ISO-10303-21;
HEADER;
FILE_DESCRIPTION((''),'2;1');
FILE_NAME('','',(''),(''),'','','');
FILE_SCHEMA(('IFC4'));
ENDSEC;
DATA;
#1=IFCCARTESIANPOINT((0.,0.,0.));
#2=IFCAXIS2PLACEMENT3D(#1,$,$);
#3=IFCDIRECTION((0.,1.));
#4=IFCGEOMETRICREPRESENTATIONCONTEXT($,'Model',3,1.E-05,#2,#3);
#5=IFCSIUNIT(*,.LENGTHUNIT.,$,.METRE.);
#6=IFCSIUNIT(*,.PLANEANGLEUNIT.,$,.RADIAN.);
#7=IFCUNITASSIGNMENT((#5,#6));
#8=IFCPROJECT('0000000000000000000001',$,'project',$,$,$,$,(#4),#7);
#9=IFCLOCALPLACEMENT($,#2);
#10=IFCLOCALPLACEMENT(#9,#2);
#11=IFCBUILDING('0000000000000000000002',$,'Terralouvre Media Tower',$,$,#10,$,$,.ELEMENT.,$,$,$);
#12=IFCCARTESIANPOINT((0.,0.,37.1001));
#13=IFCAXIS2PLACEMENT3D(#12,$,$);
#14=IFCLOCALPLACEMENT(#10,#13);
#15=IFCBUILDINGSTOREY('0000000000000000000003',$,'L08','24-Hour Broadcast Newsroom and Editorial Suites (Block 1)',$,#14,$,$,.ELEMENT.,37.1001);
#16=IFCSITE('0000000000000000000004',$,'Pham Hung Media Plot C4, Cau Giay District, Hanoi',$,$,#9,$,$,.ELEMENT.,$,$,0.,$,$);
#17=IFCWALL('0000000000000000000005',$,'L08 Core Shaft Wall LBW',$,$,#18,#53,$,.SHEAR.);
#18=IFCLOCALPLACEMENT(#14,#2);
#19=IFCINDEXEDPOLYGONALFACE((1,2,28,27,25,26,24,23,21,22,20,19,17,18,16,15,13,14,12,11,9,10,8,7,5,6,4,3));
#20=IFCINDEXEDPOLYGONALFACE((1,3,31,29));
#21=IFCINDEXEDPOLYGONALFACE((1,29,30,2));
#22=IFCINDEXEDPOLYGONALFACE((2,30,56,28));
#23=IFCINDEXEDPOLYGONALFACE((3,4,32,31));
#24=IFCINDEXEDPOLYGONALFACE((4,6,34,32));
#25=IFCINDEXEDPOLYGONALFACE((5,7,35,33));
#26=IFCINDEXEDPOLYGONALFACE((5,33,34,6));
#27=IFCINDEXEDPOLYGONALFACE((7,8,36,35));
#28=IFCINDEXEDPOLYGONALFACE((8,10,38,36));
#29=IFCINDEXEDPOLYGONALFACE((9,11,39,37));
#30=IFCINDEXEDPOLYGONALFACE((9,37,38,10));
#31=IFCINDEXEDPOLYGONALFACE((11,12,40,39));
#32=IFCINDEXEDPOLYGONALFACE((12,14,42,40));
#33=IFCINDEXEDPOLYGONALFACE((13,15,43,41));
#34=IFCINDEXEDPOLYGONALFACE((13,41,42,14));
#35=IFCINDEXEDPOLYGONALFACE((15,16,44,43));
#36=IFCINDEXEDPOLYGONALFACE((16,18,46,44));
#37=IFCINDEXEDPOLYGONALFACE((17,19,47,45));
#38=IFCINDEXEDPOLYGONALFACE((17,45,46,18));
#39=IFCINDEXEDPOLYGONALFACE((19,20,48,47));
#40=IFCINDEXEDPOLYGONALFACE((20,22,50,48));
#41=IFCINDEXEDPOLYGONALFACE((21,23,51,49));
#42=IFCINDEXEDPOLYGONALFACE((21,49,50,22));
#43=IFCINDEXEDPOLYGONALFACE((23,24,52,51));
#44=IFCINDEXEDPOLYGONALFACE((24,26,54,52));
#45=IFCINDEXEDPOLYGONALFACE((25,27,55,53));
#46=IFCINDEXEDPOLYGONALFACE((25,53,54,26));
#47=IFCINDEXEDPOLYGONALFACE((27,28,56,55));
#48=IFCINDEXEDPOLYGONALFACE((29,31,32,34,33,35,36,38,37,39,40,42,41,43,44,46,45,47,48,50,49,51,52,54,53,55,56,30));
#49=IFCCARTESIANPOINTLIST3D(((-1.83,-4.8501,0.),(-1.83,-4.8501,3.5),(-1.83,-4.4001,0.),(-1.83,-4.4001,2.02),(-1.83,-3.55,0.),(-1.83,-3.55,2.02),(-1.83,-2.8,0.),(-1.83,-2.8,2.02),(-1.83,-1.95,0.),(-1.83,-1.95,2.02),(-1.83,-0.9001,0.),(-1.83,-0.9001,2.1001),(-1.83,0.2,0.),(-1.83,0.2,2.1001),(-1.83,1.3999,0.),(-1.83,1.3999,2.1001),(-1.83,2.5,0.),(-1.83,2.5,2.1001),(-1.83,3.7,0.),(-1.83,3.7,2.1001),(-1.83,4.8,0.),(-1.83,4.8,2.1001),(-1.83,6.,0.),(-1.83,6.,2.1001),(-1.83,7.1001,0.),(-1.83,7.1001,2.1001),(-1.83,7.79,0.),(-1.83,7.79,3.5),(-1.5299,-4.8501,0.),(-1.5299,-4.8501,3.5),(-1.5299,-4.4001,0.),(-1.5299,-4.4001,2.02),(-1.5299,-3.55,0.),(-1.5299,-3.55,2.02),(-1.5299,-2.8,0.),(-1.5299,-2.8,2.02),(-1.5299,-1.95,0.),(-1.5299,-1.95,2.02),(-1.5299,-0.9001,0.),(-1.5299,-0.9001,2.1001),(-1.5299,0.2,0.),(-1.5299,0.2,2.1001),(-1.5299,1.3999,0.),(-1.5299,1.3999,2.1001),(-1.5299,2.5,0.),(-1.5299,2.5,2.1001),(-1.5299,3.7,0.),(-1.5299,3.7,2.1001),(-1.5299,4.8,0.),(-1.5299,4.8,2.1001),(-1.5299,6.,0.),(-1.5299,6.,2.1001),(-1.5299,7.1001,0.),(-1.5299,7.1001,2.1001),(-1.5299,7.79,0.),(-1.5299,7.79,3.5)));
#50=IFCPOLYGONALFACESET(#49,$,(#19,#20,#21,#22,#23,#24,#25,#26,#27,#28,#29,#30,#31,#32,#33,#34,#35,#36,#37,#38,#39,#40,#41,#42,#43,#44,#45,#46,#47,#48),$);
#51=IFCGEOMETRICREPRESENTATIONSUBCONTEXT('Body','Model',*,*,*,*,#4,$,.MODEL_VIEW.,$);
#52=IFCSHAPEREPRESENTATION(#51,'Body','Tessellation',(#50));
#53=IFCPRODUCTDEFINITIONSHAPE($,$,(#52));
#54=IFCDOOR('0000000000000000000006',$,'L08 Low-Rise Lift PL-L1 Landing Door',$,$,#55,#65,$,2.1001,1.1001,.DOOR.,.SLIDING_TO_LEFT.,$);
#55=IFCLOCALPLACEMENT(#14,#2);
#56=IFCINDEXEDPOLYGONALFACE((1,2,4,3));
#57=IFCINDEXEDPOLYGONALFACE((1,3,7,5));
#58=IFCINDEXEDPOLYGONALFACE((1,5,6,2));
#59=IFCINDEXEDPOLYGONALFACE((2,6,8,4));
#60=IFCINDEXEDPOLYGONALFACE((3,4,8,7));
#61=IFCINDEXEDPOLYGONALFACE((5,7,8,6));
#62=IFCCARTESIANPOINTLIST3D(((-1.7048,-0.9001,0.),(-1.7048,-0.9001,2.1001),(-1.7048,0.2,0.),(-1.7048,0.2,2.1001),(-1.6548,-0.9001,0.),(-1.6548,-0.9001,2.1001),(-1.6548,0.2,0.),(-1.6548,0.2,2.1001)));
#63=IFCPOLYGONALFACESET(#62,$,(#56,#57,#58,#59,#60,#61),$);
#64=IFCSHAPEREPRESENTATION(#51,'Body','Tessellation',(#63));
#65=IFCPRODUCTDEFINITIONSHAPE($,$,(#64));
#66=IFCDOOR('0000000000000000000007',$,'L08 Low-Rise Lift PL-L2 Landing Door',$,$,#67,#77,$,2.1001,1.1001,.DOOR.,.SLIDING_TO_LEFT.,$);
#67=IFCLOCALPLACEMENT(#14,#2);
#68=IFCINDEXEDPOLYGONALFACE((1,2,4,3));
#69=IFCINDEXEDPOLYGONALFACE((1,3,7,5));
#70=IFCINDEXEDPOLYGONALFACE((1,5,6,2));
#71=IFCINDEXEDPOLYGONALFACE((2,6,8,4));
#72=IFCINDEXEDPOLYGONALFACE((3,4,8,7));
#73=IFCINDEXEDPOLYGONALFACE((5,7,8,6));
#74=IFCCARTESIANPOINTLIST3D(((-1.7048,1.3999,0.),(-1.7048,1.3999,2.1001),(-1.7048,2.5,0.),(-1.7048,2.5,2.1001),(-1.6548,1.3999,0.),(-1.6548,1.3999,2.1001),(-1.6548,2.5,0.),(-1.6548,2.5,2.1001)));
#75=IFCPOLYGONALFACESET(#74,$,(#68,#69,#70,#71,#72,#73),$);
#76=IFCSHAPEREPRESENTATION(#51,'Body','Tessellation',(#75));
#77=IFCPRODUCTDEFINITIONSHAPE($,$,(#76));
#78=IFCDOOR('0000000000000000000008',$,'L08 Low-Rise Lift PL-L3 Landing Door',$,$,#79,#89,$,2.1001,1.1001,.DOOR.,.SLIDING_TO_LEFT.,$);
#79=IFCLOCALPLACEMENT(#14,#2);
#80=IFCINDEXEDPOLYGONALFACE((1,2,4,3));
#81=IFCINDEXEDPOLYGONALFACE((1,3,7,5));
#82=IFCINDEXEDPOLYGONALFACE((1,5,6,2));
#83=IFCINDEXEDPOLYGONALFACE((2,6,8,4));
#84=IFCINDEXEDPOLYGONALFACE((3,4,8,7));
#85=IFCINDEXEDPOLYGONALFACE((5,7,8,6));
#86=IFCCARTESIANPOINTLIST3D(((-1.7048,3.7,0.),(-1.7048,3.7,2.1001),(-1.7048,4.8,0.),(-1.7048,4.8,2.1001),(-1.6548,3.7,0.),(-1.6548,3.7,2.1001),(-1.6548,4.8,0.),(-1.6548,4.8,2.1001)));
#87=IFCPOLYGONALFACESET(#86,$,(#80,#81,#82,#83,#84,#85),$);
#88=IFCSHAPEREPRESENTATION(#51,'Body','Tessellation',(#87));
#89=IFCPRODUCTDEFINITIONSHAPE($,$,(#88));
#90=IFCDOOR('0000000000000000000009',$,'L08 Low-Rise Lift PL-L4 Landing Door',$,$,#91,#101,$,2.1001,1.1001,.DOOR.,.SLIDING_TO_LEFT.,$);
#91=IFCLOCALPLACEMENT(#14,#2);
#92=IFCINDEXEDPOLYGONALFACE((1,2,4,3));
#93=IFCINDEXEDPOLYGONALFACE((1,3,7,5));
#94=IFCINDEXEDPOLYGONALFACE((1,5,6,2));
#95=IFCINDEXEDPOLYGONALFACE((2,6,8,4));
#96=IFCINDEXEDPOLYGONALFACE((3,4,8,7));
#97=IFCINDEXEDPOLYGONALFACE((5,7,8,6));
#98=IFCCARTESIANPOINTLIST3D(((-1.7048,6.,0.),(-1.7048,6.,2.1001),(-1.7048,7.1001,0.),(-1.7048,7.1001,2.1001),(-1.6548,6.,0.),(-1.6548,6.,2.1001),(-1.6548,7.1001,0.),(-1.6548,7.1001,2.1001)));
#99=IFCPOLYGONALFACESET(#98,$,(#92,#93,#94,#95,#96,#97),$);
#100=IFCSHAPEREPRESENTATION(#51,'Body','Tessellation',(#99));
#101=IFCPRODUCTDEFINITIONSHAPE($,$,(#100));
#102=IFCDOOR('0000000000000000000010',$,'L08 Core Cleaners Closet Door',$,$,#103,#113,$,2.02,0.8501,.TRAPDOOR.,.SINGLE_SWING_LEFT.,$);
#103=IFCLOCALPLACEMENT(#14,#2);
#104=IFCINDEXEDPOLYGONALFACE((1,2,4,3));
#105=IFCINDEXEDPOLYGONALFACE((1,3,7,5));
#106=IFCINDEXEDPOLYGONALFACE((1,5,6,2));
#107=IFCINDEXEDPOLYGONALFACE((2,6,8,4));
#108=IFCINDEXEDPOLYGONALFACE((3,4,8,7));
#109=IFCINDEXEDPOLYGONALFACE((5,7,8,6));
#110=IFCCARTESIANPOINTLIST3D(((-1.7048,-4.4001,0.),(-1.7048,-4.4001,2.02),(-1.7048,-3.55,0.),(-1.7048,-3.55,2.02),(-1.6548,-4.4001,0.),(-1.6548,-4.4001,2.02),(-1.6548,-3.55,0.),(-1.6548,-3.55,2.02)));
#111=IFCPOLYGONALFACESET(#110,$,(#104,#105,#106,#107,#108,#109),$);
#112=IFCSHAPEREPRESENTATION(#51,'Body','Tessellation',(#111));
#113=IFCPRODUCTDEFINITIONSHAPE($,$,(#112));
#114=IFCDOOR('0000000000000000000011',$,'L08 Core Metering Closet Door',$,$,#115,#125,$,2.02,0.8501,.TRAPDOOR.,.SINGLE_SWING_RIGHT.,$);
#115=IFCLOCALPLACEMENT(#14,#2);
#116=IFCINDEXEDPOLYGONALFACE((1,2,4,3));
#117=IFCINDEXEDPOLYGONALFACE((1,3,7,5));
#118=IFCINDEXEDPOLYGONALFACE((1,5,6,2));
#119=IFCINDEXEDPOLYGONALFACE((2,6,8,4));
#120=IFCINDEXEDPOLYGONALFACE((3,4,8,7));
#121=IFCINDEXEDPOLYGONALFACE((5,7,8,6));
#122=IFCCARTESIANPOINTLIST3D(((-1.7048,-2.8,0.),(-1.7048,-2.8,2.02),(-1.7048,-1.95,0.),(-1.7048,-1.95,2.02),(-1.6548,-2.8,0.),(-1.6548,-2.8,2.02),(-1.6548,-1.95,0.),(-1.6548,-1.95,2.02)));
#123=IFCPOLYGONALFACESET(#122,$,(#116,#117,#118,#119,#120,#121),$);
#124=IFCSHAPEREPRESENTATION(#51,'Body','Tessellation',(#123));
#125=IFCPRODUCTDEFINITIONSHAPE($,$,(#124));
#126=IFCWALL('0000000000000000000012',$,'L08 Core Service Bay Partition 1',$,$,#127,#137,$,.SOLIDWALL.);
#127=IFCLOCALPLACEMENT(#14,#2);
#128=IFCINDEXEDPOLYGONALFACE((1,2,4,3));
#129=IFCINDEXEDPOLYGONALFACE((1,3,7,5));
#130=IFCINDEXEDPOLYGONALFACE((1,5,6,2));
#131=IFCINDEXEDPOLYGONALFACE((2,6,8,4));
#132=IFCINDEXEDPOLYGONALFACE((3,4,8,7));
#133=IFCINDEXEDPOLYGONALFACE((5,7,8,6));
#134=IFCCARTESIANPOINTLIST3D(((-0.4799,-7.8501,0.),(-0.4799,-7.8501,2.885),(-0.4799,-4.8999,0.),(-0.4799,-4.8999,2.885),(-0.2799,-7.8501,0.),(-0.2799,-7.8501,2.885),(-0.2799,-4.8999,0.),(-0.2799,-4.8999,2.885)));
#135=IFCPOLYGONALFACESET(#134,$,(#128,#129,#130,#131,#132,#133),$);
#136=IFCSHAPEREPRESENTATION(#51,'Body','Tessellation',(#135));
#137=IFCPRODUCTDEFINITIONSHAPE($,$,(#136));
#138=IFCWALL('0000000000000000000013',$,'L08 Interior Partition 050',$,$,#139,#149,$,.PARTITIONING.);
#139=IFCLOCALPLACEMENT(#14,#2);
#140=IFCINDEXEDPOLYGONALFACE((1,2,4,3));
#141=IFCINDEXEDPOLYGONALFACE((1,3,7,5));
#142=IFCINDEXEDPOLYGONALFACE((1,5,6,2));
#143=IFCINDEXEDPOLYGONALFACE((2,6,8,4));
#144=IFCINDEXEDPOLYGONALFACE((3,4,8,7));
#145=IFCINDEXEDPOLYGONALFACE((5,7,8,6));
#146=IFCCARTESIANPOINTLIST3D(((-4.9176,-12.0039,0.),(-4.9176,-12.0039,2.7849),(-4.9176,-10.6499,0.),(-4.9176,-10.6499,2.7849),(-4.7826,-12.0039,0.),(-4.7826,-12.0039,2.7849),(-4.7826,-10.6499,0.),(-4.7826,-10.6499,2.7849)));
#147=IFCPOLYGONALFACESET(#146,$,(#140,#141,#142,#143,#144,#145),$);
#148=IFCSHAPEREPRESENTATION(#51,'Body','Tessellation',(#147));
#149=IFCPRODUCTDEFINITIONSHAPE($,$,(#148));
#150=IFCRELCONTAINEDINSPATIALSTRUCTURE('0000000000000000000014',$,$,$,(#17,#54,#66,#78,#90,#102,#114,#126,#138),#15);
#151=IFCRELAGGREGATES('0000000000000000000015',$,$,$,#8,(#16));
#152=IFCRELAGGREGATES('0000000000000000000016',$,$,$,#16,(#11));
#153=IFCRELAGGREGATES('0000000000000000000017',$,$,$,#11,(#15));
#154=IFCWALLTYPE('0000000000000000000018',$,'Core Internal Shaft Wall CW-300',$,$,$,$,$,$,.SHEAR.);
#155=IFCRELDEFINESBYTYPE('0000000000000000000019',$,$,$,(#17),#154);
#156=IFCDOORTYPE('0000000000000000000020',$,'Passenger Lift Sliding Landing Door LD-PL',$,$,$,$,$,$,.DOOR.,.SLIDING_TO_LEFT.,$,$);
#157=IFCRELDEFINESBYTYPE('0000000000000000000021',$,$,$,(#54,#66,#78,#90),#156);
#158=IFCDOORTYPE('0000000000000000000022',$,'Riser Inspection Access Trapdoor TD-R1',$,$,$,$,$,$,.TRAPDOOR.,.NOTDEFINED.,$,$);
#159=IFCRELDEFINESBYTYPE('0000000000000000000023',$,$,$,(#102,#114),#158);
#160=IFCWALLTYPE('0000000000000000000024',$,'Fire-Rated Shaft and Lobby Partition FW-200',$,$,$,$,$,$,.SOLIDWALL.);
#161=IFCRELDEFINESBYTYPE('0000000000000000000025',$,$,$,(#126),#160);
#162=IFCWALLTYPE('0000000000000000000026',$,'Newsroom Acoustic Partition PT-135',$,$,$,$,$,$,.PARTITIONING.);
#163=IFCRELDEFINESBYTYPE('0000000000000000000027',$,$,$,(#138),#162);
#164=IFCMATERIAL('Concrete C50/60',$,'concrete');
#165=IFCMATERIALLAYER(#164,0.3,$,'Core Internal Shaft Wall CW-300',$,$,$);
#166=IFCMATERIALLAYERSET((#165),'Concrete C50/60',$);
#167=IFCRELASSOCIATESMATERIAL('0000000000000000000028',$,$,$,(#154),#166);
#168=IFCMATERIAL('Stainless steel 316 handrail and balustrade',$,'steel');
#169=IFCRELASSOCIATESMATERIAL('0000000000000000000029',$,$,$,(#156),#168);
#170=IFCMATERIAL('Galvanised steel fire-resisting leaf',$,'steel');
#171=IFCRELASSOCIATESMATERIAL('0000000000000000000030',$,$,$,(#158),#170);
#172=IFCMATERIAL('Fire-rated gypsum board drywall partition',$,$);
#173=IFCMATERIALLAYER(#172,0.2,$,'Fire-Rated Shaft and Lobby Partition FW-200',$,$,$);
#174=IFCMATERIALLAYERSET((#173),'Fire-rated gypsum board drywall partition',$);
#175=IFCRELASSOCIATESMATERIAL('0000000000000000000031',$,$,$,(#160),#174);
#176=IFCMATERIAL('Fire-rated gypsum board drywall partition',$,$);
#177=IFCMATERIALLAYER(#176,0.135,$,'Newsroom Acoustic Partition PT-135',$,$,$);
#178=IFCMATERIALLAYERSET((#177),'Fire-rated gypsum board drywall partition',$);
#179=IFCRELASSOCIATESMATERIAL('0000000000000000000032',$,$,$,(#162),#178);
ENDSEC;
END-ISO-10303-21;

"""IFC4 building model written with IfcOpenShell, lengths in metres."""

from ifc_helpers import new_model, si_unit, direction, frame, frame_2d, origin, place, context, subcontext, project, spatial, rectangle, extrude, material, layer, layer_set, type_object, element, fill, save


model = new_model("IFC4")

# Units and contexts
model_context = context("Model", 3, precision=1e-05, world=origin(), true_north=direction((0.0, 1.0)))
body_context = subcontext(model_context, "Body", "Model", "MODEL_VIEW")
ifc_project = project(units=[si_unit("LENGTHUNIT", "METRE"), si_unit("PLANEANGLEUNIT", "RADIAN")], contexts=[model_context])

# Site, building, storey
site_placement = place(None, origin())
site = spatial("IfcSite", under=ifc_project, at=site_placement, Name="Pham Hung Media Plot C4, Cau Giay District, Hanoi", CompositionType="ELEMENT", RefElevation=0.0)
building_placement = place(site_placement, origin())
building = spatial("IfcBuilding", under=site, at=building_placement, Name="Terralouvre Media Tower", CompositionType="ELEMENT")
storey_placement = place(building_placement, frame((0.0, 0.0, 37.1001)))
storey = spatial("IfcBuildingStorey", under=building, at=storey_placement, Name="L08", Description="24-Hour Broadcast Newsroom and Editorial Suites (Block 1)", CompositionType="ELEMENT", Elevation=37.1001)

# Shared definitions
ifc_material_1 = material(Name="Concrete C50/60", Category="concrete")
ifc_layer_1 = layer(ifc_material_1, 0.3, Name="Core Internal Shaft Wall CW-300")
ifc_layer_set_1 = layer_set([ifc_layer_1], Name="Concrete C50/60")
wall_type_1 = type_object("IfcWallType", Name="Core Internal Shaft Wall CW-300", PredefinedType="SHEAR", material=ifc_layer_set_1)

# Wall, openings, doors
wall_1_placement = place(storey_placement, frame((-1.6799, -4.8501, 0.0), z_axis=(0.0, 0.0, 1.0), x_axis=(0.0, 1.0, 0.0)))
wall_1 = element("IfcWall", 1, at=wall_1_placement, inside=storey, type_object=wall_type_1, Name="L08 Core Shaft Wall LBW", PredefinedType="SHEAR", context=body_context, shape_type="SweptSolid", body=[
    extrude(rectangle(XDim=12.6401, YDim=0.3, at=frame_2d((6.3201, 0.0))), origin(), (0.0, 0.0, 1.0), 3.5),
])
opening_1_placement = place(wall_1_placement, frame((3.95, 0.0, 0.0)))
opening_1 = element("IfcOpeningElement", 2, at=opening_1_placement, cuts=wall_1, PredefinedType="OPENING", context=body_context, shape_type="SweptSolid", body=[
    extrude(rectangle(XDim=1.1001, YDim=2.1001, at=frame_2d((0.55, 1.05))), frame((0.0, 0.1599, 0.0), z_axis=(0.0, -1.0, 0.0), x_axis=(1.0, 0.0, 0.0)), (0.0, 0.0, 1.0), 0.3201),
])
opening_2_placement = place(wall_1_placement, frame((6.25, 0.0, 0.0)))
opening_2 = element("IfcOpeningElement", 3, at=opening_2_placement, cuts=wall_1, PredefinedType="OPENING", context=body_context, shape_type="SweptSolid", body=[
    extrude(rectangle(XDim=1.1001, YDim=2.1001, at=frame_2d((0.55, 1.05))), frame((0.0, 0.1599, 0.0), z_axis=(0.0, -1.0, 0.0), x_axis=(1.0, 0.0, 0.0)), (0.0, 0.0, 1.0), 0.3201),
])
opening_3_placement = place(wall_1_placement, frame((8.55, 0.0, 0.0)))
opening_3 = element("IfcOpeningElement", 4, at=opening_3_placement, cuts=wall_1, PredefinedType="OPENING", context=body_context, shape_type="SweptSolid", body=[
    extrude(rectangle(XDim=1.1001, YDim=2.1001, at=frame_2d((0.55, 1.05))), frame((0.0, 0.1599, 0.0), z_axis=(0.0, -1.0, 0.0), x_axis=(1.0, 0.0, 0.0)), (0.0, 0.0, 1.0), 0.3201),
])
opening_4_placement = place(wall_1_placement, frame((10.8501, 0.0, 0.0)))
opening_4 = element("IfcOpeningElement", 5, at=opening_4_placement, cuts=wall_1, PredefinedType="OPENING", context=body_context, shape_type="SweptSolid", body=[
    extrude(rectangle(XDim=1.1001, YDim=2.1001, at=frame_2d((0.55, 1.05))), frame((0.0, 0.1599, 0.0), z_axis=(0.0, -1.0, 0.0), x_axis=(1.0, 0.0, 0.0)), (0.0, 0.0, 1.0), 0.3201),
])
opening_5_placement = place(wall_1_placement, frame((0.45, 0.0, 0.0)))
opening_5 = element("IfcOpeningElement", 6, at=opening_5_placement, cuts=wall_1, PredefinedType="OPENING", context=body_context, shape_type="SweptSolid", body=[
    extrude(rectangle(XDim=0.8501, YDim=2.02, at=frame_2d((0.425, 1.01))), frame((0.0, 0.1599, 0.0), z_axis=(0.0, -1.0, 0.0), x_axis=(1.0, 0.0, 0.0)), (0.0, 0.0, 1.0), 0.3201),
])
opening_6_placement = place(wall_1_placement, frame((2.05, 0.0, 0.0)))
opening_6 = element("IfcOpeningElement", 7, at=opening_6_placement, cuts=wall_1, PredefinedType="OPENING", context=body_context, shape_type="SweptSolid", body=[
    extrude(rectangle(XDim=0.8501, YDim=2.02, at=frame_2d((0.425, 1.01))), frame((0.0, 0.1599, 0.0), z_axis=(0.0, -1.0, 0.0), x_axis=(1.0, 0.0, 0.0)), (0.0, 0.0, 1.0), 0.3201),
])
ifc_material_2 = material(Name="Stainless steel 316 handrail and balustrade", Category="steel")
door_type_1 = type_object("IfcDoorType", Name="Passenger Lift Sliding Landing Door LD-PL", OperationType="SLIDING_TO_LEFT", PredefinedType="DOOR", material=ifc_material_2)
door_1_placement = place(opening_1_placement, origin())
door_1 = element("IfcDoor", 8, at=door_1_placement, inside=storey, type_object=door_type_1, Name="L08 Low-Rise Lift PL-L1 Landing Door", OperationType="SLIDING_TO_LEFT", OverallHeight=2.1001, OverallWidth=1.1001, PredefinedType="DOOR", context=body_context, shape_type="SweptSolid", body=[
    extrude(rectangle(XDim=1.1001, YDim=2.1001, at=frame_2d((0.55, 1.05))), frame((0.0, 0.0249, 0.0), z_axis=(0.0, -1.0, 0.0), x_axis=(1.0, 0.0, 0.0)), (0.0, 0.0, 1.0), 0.05),
])
fill(opening_1, door_1)
door_2_placement = place(opening_2_placement, origin())
door_2 = element("IfcDoor", 9, at=door_2_placement, inside=storey, type_object=door_type_1, Name="L08 Low-Rise Lift PL-L2 Landing Door", OperationType="SLIDING_TO_LEFT", OverallHeight=2.1001, OverallWidth=1.1001, PredefinedType="DOOR", context=body_context, shape_type="SweptSolid", body=[
    extrude(rectangle(XDim=1.1001, YDim=2.1001, at=frame_2d((0.55, 1.05))), frame((0.0, 0.0249, 0.0), z_axis=(0.0, -1.0, 0.0), x_axis=(1.0, 0.0, 0.0)), (0.0, 0.0, 1.0), 0.05),
])
fill(opening_2, door_2)
door_3_placement = place(opening_3_placement, origin())
door_3 = element("IfcDoor", 10, at=door_3_placement, inside=storey, type_object=door_type_1, Name="L08 Low-Rise Lift PL-L3 Landing Door", OperationType="SLIDING_TO_LEFT", OverallHeight=2.1001, OverallWidth=1.1001, PredefinedType="DOOR", context=body_context, shape_type="SweptSolid", body=[
    extrude(rectangle(XDim=1.1001, YDim=2.1001, at=frame_2d((0.55, 1.05))), frame((0.0, 0.0249, 0.0), z_axis=(0.0, -1.0, 0.0), x_axis=(1.0, 0.0, 0.0)), (0.0, 0.0, 1.0), 0.05),
])
fill(opening_3, door_3)
door_4_placement = place(opening_4_placement, origin())
door_4 = element("IfcDoor", 11, at=door_4_placement, inside=storey, type_object=door_type_1, Name="L08 Low-Rise Lift PL-L4 Landing Door", OperationType="SLIDING_TO_LEFT", OverallHeight=2.1001, OverallWidth=1.1001, PredefinedType="DOOR", context=body_context, shape_type="SweptSolid", body=[
    extrude(rectangle(XDim=1.1001, YDim=2.1001, at=frame_2d((0.55, 1.05))), frame((0.0, 0.0249, 0.0), z_axis=(0.0, -1.0, 0.0), x_axis=(1.0, 0.0, 0.0)), (0.0, 0.0, 1.0), 0.05),
])
fill(opening_4, door_4)
ifc_material_3 = material(Name="Galvanised steel fire-resisting leaf", Category="steel")
door_type_2 = type_object("IfcDoorType", Name="Riser Inspection Access Trapdoor TD-R1", OperationType="NOTDEFINED", PredefinedType="TRAPDOOR", material=ifc_material_3)
door_5_placement = place(opening_5_placement, origin())
door_5 = element("IfcDoor", 12, at=door_5_placement, inside=storey, type_object=door_type_2, Name="L08 Core Cleaners Closet Door", OperationType="SINGLE_SWING_LEFT", OverallHeight=2.02, OverallWidth=0.8501, PredefinedType="TRAPDOOR", context=body_context, shape_type="SweptSolid", body=[
    extrude(rectangle(XDim=0.8501, YDim=2.02, at=frame_2d((0.425, 1.01))), frame((0.0, 0.0249, 0.0), z_axis=(0.0, -1.0, 0.0), x_axis=(1.0, 0.0, 0.0)), (0.0, 0.0, 1.0), 0.05),
])
fill(opening_5, door_5)
door_6_placement = place(opening_6_placement, origin())
door_6 = element("IfcDoor", 13, at=door_6_placement, inside=storey, type_object=door_type_2, Name="L08 Core Metering Closet Door", OperationType="SINGLE_SWING_RIGHT", OverallHeight=2.02, OverallWidth=0.8501, PredefinedType="TRAPDOOR", context=body_context, shape_type="SweptSolid", body=[
    extrude(rectangle(XDim=0.8501, YDim=2.02, at=frame_2d((0.425, 1.01))), frame((0.0, 0.0249, 0.0), z_axis=(0.0, -1.0, 0.0), x_axis=(1.0, 0.0, 0.0)), (0.0, 0.0, 1.0), 0.05),
])
fill(opening_6, door_6)

# Walls
ifc_material_4 = material(Name="Fire-rated gypsum board drywall partition")
ifc_layer_2 = layer(ifc_material_4, 0.2, Name="Fire-Rated Shaft and Lobby Partition FW-200")
ifc_layer_set_2 = layer_set([ifc_layer_2], Name="Fire-rated gypsum board drywall partition")
wall_type_2 = type_object("IfcWallType", Name="Fire-Rated Shaft and Lobby Partition FW-200", PredefinedType="SOLIDWALL", material=ifc_layer_set_2)
wall_2_placement = place(storey_placement, frame((-0.3799, -7.8501, 0.0), z_axis=(0.0, 0.0, 1.0), x_axis=(0.0, 1.0, 0.0)))
element("IfcWall", 14, at=wall_2_placement, inside=storey, type_object=wall_type_2, Name="L08 Core Service Bay Partition 1", PredefinedType="SOLIDWALL", context=body_context, shape_type="SweptSolid", body=[
    extrude(rectangle(XDim=2.9502, YDim=0.2, at=frame_2d((1.4751, 0.0))), origin(), (0.0, 0.0, 1.0), 2.885),
])
ifc_material_5 = material(Name="Fire-rated gypsum board drywall partition")
ifc_layer_3 = layer(ifc_material_5, 0.135, Name="Newsroom Acoustic Partition PT-135")
ifc_layer_set_3 = layer_set([ifc_layer_3], Name="Fire-rated gypsum board drywall partition")
wall_type_3 = type_object("IfcWallType", Name="Newsroom Acoustic Partition PT-135", PredefinedType="PARTITIONING", material=ifc_layer_set_3)
wall_3_placement = place(storey_placement, frame((-4.8501, -12.0039, 0.0), z_axis=(0.0, 0.0, 1.0), x_axis=(0.0, 1.0, 0.0)))
element("IfcWall", 15, at=wall_3_placement, inside=storey, type_object=wall_type_3, Name="L08 Interior Partition 050", PredefinedType="PARTITIONING", context=body_context, shape_type="SweptSolid", body=[
    extrude(rectangle(XDim=1.354, YDim=0.135, at=frame_2d((0.677, 0.0))), origin(), (0.0, 0.0, 1.0), 2.7849),
])

save(model, "model.ifc")
